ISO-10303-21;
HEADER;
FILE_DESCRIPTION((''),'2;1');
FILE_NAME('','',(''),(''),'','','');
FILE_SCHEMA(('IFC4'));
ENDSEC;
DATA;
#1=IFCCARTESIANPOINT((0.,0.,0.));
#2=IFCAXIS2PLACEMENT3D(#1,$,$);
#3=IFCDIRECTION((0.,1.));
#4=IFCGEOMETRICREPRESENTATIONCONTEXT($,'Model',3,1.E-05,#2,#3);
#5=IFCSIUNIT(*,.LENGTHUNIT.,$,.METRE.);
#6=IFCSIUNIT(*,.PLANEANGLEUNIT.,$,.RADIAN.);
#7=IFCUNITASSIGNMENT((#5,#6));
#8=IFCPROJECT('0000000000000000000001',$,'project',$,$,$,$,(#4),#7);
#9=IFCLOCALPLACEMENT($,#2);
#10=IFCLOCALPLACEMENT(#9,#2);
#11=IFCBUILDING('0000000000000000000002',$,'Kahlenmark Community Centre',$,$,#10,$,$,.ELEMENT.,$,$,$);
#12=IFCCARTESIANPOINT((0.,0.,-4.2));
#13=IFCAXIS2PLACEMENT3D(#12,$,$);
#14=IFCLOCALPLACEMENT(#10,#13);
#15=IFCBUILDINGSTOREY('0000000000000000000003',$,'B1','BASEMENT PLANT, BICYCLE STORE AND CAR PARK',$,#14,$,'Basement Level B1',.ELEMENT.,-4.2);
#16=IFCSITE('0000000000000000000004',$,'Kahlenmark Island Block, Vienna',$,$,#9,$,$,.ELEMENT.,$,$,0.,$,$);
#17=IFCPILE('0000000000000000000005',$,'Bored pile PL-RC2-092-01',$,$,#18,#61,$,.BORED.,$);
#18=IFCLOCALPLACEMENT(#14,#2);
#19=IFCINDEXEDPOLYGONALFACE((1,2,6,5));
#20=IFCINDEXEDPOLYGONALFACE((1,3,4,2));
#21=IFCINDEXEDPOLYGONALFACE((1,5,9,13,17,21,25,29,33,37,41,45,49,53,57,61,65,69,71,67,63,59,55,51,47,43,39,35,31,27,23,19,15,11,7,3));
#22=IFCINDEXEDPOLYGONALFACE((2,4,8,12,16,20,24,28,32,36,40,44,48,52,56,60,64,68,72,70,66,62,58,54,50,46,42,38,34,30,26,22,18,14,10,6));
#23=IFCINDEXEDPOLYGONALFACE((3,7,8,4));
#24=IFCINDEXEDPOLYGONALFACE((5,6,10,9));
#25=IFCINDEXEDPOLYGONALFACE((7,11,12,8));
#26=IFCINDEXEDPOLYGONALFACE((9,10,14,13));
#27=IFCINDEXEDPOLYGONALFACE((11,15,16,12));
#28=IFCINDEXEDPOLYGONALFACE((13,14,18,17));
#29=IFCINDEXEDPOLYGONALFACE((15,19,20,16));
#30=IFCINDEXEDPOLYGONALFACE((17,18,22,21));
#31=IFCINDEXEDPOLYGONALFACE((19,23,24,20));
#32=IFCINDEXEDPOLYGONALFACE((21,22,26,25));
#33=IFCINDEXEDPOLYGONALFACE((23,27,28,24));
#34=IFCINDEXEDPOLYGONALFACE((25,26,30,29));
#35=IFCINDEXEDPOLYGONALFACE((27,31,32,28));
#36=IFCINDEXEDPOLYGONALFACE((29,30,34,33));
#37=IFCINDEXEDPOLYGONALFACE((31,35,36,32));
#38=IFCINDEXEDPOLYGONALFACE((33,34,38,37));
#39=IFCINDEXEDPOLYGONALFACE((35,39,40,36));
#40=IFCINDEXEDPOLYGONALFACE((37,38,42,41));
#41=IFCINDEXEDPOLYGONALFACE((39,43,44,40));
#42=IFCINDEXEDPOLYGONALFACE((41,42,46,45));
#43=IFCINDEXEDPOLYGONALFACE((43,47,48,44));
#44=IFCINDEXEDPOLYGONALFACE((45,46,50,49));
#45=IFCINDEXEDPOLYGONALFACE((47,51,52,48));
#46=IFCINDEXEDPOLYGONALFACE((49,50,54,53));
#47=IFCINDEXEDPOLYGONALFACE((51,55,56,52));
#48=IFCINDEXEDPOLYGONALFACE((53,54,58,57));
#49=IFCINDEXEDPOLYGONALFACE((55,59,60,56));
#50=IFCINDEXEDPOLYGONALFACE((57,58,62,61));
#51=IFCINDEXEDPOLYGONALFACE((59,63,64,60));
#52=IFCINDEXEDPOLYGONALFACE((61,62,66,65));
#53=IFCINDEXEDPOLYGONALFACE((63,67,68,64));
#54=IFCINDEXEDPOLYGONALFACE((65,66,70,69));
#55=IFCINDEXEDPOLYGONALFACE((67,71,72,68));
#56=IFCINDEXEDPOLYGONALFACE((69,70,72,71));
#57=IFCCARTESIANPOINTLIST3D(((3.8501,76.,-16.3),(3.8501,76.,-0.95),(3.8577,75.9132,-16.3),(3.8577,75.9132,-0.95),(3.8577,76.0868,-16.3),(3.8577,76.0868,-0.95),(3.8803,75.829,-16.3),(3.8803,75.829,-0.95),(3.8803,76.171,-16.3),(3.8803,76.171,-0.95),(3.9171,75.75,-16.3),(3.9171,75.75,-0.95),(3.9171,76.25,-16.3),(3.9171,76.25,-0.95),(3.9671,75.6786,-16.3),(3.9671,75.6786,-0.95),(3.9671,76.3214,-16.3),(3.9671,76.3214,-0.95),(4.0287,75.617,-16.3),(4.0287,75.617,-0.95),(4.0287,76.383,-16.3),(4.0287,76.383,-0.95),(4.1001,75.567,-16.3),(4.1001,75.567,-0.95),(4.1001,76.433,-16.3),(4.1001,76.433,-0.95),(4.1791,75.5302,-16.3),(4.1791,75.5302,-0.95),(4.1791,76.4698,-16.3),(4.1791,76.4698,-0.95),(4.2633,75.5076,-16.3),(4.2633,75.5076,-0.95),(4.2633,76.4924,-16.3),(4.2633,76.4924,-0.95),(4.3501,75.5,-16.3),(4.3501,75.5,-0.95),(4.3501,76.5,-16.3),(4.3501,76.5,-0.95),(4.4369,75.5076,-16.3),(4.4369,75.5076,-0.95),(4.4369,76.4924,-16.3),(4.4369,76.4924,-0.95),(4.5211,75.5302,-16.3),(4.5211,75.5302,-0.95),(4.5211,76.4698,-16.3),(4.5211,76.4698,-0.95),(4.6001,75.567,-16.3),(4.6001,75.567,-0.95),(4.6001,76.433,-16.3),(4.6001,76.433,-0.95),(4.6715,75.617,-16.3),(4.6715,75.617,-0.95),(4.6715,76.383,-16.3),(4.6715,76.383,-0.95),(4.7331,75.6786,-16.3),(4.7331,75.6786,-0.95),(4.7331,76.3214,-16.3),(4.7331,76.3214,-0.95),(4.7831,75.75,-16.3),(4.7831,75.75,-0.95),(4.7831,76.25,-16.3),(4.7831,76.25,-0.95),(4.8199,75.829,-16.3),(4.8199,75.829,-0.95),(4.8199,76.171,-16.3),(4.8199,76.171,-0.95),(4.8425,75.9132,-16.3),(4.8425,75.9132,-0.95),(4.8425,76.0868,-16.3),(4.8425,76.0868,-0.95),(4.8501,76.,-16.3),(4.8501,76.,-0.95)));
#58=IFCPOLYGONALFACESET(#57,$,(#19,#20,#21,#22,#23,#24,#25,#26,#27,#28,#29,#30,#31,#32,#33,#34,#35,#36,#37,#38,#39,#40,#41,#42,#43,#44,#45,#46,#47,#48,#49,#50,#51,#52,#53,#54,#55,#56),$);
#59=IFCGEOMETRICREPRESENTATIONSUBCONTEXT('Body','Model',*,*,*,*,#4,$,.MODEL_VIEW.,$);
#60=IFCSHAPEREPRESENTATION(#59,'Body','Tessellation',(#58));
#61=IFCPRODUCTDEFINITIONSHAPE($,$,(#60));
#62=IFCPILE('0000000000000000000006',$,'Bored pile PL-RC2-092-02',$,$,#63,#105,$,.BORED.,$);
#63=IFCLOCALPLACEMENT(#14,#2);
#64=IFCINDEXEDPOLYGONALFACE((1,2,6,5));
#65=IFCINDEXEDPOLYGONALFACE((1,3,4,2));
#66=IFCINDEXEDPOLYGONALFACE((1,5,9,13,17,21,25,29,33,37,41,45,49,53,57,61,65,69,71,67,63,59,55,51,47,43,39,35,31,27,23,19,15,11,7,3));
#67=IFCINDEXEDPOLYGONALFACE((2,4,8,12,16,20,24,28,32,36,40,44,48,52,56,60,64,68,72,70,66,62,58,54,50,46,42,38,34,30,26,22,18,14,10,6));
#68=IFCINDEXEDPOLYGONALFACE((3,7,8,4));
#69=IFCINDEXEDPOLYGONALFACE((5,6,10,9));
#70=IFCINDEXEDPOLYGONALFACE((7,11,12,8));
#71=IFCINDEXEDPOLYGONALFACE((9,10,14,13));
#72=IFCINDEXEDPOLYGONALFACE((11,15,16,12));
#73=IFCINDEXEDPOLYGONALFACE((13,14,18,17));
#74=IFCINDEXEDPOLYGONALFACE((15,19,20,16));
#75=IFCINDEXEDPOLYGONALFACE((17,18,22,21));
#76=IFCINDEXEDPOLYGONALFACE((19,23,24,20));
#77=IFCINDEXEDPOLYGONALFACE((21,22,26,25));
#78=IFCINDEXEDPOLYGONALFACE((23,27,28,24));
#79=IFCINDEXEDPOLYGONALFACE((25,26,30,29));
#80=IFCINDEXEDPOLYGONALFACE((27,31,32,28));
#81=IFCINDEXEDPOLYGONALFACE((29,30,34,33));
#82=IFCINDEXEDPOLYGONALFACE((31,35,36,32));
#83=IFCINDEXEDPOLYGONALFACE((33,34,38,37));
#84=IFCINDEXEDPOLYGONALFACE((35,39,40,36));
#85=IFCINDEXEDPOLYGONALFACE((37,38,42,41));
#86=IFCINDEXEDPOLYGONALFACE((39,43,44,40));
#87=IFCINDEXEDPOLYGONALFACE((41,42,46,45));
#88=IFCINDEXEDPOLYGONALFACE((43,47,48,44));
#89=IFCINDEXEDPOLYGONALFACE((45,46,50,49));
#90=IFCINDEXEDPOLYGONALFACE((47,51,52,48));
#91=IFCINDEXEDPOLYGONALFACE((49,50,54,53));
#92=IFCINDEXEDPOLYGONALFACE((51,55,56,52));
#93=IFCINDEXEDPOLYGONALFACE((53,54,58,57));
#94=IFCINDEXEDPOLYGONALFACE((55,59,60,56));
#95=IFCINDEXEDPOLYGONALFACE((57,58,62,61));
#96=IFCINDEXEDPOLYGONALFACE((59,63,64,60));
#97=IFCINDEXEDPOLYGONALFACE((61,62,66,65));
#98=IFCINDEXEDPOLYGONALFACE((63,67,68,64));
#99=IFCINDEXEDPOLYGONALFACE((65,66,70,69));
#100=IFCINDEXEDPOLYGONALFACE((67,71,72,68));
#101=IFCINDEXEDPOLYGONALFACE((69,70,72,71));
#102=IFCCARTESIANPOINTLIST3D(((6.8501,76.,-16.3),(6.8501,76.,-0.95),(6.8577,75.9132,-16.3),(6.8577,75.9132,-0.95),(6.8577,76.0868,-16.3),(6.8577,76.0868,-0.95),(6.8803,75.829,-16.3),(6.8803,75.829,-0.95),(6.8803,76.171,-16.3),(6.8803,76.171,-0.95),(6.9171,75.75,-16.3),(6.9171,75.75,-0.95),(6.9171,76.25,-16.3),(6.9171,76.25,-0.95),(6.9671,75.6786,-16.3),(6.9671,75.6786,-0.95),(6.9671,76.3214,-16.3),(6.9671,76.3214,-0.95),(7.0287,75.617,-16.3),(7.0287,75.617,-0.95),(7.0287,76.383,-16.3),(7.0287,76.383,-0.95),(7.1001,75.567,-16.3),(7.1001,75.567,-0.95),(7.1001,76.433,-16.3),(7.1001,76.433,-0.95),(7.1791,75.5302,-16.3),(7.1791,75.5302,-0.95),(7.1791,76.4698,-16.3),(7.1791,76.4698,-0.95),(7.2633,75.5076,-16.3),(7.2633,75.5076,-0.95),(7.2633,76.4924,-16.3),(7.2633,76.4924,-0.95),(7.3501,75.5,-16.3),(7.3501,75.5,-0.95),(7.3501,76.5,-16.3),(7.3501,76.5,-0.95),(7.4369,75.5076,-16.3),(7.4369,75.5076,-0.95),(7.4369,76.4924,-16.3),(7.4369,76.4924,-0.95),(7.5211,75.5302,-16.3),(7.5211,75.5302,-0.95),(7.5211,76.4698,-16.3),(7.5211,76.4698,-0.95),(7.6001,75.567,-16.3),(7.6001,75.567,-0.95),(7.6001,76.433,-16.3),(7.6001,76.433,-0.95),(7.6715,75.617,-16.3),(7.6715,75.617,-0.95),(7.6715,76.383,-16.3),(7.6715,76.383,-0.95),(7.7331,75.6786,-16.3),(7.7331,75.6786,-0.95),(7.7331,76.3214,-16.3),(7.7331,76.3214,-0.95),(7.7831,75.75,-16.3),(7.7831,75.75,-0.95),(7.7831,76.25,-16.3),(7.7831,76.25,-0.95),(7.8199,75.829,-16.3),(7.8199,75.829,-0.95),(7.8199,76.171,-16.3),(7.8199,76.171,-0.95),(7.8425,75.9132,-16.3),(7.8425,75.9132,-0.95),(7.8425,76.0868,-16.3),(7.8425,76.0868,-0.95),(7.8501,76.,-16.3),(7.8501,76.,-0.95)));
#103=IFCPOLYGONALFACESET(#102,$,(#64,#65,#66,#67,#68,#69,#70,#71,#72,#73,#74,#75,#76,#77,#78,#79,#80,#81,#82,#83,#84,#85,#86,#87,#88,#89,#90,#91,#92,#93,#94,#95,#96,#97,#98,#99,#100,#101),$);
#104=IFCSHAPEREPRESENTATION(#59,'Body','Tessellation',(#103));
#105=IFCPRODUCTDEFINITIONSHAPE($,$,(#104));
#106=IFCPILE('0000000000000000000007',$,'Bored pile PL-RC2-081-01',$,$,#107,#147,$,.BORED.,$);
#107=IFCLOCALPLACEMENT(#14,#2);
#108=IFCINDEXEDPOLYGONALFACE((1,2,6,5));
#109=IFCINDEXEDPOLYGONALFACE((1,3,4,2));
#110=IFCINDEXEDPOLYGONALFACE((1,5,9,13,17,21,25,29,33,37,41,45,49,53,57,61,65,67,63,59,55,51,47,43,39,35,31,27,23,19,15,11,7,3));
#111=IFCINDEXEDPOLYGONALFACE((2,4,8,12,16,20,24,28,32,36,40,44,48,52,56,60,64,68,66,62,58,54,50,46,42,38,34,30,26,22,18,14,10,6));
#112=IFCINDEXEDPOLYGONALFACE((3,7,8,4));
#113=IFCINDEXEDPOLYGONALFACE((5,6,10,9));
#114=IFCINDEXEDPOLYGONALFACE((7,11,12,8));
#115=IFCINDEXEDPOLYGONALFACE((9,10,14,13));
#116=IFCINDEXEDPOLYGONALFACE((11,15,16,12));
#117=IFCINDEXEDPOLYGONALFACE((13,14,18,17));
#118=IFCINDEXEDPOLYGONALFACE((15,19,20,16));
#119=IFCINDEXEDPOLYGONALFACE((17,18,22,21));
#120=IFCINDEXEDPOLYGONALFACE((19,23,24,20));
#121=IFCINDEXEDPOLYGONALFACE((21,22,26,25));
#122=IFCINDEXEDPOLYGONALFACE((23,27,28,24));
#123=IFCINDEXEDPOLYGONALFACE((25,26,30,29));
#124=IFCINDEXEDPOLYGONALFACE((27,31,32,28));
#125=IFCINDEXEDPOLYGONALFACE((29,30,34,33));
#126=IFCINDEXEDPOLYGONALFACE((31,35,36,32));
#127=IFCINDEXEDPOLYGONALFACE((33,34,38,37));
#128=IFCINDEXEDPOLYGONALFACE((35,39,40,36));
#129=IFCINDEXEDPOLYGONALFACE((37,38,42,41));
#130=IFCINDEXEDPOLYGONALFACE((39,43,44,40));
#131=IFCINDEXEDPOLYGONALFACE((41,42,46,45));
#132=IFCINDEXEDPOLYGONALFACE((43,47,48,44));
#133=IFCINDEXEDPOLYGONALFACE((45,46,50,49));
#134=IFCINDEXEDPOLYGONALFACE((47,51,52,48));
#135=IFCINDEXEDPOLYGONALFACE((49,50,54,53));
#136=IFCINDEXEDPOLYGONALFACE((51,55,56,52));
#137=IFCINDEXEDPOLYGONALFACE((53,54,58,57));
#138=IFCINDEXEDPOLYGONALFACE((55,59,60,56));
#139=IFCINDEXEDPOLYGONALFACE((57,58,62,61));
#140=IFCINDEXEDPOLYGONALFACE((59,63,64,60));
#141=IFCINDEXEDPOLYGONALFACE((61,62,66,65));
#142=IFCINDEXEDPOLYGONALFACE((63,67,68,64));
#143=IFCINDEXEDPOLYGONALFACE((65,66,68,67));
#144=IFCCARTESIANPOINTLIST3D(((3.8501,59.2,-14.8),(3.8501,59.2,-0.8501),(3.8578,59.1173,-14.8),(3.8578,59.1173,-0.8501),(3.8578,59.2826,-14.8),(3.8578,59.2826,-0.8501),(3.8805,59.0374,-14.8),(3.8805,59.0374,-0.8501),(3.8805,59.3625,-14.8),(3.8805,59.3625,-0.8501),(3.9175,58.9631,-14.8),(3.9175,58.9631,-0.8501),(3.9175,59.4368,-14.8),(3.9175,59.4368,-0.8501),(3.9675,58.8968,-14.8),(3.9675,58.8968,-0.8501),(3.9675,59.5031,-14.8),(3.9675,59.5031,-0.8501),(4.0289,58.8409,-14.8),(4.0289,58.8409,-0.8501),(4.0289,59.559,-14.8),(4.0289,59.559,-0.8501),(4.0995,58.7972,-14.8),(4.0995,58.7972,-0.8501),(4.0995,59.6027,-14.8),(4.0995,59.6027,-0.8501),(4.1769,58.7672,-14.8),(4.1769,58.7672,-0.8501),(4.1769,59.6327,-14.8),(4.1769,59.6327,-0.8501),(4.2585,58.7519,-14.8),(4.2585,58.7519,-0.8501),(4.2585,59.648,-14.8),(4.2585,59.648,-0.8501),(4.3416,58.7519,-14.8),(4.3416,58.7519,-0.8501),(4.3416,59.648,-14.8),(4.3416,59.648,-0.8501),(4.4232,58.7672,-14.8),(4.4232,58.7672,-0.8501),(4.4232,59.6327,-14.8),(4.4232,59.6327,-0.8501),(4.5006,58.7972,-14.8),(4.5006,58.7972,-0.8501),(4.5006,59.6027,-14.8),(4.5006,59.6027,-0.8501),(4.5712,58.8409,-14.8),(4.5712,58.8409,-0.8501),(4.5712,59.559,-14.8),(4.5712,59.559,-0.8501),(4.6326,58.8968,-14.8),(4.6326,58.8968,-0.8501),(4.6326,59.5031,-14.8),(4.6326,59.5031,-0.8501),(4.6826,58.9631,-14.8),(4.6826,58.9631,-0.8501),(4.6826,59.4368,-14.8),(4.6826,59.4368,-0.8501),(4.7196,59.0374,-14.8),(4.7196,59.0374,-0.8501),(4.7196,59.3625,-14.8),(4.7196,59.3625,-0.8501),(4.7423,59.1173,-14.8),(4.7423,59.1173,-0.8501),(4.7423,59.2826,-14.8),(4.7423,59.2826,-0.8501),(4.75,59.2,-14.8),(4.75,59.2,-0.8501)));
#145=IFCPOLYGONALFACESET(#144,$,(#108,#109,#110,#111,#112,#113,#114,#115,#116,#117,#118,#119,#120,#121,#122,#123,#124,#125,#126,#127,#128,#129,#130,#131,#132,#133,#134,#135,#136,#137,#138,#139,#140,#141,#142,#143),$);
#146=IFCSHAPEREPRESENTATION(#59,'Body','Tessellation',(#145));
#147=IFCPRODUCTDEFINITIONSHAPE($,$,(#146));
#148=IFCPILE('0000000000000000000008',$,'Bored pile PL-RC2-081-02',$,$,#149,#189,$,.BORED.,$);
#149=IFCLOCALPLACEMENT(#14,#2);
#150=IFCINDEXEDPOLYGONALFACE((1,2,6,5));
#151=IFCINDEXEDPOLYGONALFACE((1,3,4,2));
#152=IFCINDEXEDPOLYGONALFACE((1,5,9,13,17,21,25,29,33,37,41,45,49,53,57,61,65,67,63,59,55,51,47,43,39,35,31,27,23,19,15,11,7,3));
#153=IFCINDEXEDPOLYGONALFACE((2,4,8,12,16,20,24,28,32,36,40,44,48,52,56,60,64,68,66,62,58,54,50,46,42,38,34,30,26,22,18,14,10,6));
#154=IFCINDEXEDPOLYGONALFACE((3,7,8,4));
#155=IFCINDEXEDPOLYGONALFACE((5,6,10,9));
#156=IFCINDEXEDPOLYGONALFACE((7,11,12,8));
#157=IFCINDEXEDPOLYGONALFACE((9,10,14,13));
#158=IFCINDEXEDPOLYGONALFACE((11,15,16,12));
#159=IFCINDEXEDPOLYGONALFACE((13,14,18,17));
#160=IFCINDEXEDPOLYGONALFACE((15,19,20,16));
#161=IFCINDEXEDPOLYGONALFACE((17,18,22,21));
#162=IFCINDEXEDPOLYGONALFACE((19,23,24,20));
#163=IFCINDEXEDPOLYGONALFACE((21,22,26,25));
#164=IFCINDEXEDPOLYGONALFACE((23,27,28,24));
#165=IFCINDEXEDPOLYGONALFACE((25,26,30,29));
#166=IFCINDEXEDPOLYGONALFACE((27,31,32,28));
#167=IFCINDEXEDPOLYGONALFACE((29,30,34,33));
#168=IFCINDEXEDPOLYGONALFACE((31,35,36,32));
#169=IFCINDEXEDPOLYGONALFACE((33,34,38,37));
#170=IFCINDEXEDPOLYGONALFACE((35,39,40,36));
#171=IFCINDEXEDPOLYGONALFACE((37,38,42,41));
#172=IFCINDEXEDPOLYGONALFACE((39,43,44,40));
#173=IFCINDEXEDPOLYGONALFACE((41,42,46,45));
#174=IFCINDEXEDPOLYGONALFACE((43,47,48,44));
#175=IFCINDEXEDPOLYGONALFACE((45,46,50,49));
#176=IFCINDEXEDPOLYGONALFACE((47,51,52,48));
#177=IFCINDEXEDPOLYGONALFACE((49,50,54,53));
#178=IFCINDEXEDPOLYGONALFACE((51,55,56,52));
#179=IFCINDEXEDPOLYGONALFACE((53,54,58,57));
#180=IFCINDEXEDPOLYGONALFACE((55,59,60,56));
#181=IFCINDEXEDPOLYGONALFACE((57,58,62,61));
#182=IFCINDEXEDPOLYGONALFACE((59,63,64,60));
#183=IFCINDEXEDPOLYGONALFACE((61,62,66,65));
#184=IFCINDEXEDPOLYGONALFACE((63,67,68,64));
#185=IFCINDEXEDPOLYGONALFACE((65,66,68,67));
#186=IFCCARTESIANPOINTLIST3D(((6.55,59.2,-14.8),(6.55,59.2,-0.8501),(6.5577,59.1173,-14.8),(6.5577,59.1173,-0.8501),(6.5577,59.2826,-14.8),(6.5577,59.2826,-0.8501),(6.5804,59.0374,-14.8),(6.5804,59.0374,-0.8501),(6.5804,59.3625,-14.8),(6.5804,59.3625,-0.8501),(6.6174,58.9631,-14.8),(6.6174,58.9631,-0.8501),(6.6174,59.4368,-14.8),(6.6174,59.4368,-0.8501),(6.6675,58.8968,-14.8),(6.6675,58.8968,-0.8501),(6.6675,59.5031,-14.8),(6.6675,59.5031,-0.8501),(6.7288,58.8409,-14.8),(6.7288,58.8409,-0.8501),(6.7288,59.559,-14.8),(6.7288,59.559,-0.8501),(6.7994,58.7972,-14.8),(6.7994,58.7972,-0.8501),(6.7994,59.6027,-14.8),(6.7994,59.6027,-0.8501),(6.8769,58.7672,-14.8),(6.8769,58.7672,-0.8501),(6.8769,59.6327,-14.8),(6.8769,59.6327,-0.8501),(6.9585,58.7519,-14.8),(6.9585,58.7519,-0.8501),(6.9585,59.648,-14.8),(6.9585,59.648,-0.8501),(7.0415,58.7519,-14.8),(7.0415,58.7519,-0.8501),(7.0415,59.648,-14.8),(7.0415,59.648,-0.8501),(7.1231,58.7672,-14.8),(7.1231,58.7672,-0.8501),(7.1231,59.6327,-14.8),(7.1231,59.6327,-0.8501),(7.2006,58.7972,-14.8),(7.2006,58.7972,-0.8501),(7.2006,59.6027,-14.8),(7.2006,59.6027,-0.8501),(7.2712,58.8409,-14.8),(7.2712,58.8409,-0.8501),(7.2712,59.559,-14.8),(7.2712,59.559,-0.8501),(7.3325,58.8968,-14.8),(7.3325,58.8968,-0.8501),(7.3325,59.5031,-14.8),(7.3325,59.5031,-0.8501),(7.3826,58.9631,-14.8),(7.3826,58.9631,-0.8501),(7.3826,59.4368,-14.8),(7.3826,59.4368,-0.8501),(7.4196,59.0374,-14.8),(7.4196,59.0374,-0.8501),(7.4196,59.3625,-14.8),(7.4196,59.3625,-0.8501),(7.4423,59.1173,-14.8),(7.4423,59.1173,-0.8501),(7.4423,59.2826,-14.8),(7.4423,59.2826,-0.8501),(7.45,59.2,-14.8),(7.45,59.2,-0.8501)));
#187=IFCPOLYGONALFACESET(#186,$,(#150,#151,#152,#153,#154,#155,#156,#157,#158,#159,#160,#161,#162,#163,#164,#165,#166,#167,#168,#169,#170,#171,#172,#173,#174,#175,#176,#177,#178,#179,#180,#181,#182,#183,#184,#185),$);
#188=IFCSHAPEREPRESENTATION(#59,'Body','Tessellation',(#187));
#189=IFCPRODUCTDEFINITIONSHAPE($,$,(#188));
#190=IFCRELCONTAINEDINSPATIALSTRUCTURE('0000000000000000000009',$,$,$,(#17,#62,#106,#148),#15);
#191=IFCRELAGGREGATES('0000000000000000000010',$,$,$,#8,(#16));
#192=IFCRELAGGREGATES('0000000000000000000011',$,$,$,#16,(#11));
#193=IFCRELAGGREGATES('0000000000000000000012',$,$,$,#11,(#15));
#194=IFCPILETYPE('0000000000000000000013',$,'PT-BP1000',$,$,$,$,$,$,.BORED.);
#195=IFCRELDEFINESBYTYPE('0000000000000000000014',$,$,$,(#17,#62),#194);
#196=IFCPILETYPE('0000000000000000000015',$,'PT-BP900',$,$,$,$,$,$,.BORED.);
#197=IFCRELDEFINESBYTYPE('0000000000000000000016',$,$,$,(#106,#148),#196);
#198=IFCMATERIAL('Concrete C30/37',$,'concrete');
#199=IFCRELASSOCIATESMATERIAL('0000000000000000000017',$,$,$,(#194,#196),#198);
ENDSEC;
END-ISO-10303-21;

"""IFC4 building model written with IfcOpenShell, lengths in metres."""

from ifc_helpers import new_model, si_unit, direction, frame, origin, origin_2d, place, context, subcontext, project, spatial, circle, extrude, material, material_profile, profile_set, type_object, element, save


model = new_model("IFC4")

# Units and contexts
model_context = context("Model", 3, precision=1e-05, world=origin(), true_north=direction((0.0, 1.0)))
body_context = subcontext(model_context, "Body", "Model", "MODEL_VIEW")
ifc_project = project(units=[si_unit("LENGTHUNIT", "METRE"), si_unit("PLANEANGLEUNIT", "RADIAN")], contexts=[model_context])

# Site, building, storey
site_placement = place(None, origin())
site = spatial("IfcSite", under=ifc_project, at=site_placement, Name="Kahlenmark Island Block, Vienna", CompositionType="ELEMENT", RefElevation=0.0)
building_placement = place(site_placement, origin())
building = spatial("IfcBuilding", under=site, at=building_placement, Name="Kahlenmark Community Centre", CompositionType="ELEMENT")
storey_placement = place(building_placement, frame((0.0, 0.0, -4.2)))
storey = spatial("IfcBuildingStorey", under=building, at=storey_placement, Name="B1", Description="BASEMENT PLANT, BICYCLE STORE AND CAR PARK", LongName="Basement Level B1", CompositionType="ELEMENT", Elevation=-4.2)

# Shared definitions
ifc_material_1 = material(Name="Concrete C30/37", Category="concrete")

# Piles
ifc_material_profile_1 = material_profile(ifc_material_1, circle(Radius=0.5, at=origin_2d()), Name="BORED PILE 1000")
ifc_profile_set_1 = profile_set([ifc_material_profile_1], Name="Concrete C30/37")
pile_type_1 = type_object("IfcPileType", Name="PT-BP1000", PredefinedType="BORED", material=ifc_profile_set_1)
for number, where, z_axis, x_axis, name in (
    (1, (4.3501, 76.0, -0.95), (0.0, 0.0, -1.0), (1.0, 0.0, 0.0), "Bored pile PL-RC2-092-01"),
    (2, (7.3501, 76.0, -0.95), (0.0, 0.0, -1.0), (1.0, 0.0, 0.0), "Bored pile PL-RC2-092-02"),
):
    element("IfcPile", number, at=place(storey_placement, frame(where, z_axis=z_axis, x_axis=x_axis)), inside=storey, type_object=pile_type_1, Name=name, PredefinedType="BORED", context=body_context, shape_type="SweptSolid", body=[
        extrude(circle(Radius=0.5, at=origin_2d()), origin(), (0.0, 0.0, 1.0), 15.3501),
    ])
ifc_material_profile_2 = material_profile(ifc_material_1, circle(Radius=0.45, at=origin_2d()), Name="BORED PILE 900")
ifc_profile_set_2 = profile_set([ifc_material_profile_2], Name="Concrete C30/37")
pile_type_2 = type_object("IfcPileType", Name="PT-BP900", PredefinedType="BORED", material=ifc_profile_set_2)
for number, where, z_axis, x_axis, name in (
    (3, (4.3, 59.2, -0.8501), (0.0, 0.0, -1.0), (1.0, 0.0, 0.0), "Bored pile PL-RC2-081-01"),
    (4, (7.0, 59.2, -0.8501), (0.0, 0.0, -1.0), (1.0, 0.0, 0.0), "Bored pile PL-RC2-081-02"),
):
    element("IfcPile", number, at=place(storey_placement, frame(where, z_axis=z_axis, x_axis=x_axis)), inside=storey, type_object=pile_type_2, Name=name, PredefinedType="BORED", context=body_context, shape_type="SweptSolid", body=[
        extrude(circle(Radius=0.45, at=origin_2d()), origin(), (0.0, 0.0, 1.0), 13.95),
    ])

save(model, "model.ifc")
